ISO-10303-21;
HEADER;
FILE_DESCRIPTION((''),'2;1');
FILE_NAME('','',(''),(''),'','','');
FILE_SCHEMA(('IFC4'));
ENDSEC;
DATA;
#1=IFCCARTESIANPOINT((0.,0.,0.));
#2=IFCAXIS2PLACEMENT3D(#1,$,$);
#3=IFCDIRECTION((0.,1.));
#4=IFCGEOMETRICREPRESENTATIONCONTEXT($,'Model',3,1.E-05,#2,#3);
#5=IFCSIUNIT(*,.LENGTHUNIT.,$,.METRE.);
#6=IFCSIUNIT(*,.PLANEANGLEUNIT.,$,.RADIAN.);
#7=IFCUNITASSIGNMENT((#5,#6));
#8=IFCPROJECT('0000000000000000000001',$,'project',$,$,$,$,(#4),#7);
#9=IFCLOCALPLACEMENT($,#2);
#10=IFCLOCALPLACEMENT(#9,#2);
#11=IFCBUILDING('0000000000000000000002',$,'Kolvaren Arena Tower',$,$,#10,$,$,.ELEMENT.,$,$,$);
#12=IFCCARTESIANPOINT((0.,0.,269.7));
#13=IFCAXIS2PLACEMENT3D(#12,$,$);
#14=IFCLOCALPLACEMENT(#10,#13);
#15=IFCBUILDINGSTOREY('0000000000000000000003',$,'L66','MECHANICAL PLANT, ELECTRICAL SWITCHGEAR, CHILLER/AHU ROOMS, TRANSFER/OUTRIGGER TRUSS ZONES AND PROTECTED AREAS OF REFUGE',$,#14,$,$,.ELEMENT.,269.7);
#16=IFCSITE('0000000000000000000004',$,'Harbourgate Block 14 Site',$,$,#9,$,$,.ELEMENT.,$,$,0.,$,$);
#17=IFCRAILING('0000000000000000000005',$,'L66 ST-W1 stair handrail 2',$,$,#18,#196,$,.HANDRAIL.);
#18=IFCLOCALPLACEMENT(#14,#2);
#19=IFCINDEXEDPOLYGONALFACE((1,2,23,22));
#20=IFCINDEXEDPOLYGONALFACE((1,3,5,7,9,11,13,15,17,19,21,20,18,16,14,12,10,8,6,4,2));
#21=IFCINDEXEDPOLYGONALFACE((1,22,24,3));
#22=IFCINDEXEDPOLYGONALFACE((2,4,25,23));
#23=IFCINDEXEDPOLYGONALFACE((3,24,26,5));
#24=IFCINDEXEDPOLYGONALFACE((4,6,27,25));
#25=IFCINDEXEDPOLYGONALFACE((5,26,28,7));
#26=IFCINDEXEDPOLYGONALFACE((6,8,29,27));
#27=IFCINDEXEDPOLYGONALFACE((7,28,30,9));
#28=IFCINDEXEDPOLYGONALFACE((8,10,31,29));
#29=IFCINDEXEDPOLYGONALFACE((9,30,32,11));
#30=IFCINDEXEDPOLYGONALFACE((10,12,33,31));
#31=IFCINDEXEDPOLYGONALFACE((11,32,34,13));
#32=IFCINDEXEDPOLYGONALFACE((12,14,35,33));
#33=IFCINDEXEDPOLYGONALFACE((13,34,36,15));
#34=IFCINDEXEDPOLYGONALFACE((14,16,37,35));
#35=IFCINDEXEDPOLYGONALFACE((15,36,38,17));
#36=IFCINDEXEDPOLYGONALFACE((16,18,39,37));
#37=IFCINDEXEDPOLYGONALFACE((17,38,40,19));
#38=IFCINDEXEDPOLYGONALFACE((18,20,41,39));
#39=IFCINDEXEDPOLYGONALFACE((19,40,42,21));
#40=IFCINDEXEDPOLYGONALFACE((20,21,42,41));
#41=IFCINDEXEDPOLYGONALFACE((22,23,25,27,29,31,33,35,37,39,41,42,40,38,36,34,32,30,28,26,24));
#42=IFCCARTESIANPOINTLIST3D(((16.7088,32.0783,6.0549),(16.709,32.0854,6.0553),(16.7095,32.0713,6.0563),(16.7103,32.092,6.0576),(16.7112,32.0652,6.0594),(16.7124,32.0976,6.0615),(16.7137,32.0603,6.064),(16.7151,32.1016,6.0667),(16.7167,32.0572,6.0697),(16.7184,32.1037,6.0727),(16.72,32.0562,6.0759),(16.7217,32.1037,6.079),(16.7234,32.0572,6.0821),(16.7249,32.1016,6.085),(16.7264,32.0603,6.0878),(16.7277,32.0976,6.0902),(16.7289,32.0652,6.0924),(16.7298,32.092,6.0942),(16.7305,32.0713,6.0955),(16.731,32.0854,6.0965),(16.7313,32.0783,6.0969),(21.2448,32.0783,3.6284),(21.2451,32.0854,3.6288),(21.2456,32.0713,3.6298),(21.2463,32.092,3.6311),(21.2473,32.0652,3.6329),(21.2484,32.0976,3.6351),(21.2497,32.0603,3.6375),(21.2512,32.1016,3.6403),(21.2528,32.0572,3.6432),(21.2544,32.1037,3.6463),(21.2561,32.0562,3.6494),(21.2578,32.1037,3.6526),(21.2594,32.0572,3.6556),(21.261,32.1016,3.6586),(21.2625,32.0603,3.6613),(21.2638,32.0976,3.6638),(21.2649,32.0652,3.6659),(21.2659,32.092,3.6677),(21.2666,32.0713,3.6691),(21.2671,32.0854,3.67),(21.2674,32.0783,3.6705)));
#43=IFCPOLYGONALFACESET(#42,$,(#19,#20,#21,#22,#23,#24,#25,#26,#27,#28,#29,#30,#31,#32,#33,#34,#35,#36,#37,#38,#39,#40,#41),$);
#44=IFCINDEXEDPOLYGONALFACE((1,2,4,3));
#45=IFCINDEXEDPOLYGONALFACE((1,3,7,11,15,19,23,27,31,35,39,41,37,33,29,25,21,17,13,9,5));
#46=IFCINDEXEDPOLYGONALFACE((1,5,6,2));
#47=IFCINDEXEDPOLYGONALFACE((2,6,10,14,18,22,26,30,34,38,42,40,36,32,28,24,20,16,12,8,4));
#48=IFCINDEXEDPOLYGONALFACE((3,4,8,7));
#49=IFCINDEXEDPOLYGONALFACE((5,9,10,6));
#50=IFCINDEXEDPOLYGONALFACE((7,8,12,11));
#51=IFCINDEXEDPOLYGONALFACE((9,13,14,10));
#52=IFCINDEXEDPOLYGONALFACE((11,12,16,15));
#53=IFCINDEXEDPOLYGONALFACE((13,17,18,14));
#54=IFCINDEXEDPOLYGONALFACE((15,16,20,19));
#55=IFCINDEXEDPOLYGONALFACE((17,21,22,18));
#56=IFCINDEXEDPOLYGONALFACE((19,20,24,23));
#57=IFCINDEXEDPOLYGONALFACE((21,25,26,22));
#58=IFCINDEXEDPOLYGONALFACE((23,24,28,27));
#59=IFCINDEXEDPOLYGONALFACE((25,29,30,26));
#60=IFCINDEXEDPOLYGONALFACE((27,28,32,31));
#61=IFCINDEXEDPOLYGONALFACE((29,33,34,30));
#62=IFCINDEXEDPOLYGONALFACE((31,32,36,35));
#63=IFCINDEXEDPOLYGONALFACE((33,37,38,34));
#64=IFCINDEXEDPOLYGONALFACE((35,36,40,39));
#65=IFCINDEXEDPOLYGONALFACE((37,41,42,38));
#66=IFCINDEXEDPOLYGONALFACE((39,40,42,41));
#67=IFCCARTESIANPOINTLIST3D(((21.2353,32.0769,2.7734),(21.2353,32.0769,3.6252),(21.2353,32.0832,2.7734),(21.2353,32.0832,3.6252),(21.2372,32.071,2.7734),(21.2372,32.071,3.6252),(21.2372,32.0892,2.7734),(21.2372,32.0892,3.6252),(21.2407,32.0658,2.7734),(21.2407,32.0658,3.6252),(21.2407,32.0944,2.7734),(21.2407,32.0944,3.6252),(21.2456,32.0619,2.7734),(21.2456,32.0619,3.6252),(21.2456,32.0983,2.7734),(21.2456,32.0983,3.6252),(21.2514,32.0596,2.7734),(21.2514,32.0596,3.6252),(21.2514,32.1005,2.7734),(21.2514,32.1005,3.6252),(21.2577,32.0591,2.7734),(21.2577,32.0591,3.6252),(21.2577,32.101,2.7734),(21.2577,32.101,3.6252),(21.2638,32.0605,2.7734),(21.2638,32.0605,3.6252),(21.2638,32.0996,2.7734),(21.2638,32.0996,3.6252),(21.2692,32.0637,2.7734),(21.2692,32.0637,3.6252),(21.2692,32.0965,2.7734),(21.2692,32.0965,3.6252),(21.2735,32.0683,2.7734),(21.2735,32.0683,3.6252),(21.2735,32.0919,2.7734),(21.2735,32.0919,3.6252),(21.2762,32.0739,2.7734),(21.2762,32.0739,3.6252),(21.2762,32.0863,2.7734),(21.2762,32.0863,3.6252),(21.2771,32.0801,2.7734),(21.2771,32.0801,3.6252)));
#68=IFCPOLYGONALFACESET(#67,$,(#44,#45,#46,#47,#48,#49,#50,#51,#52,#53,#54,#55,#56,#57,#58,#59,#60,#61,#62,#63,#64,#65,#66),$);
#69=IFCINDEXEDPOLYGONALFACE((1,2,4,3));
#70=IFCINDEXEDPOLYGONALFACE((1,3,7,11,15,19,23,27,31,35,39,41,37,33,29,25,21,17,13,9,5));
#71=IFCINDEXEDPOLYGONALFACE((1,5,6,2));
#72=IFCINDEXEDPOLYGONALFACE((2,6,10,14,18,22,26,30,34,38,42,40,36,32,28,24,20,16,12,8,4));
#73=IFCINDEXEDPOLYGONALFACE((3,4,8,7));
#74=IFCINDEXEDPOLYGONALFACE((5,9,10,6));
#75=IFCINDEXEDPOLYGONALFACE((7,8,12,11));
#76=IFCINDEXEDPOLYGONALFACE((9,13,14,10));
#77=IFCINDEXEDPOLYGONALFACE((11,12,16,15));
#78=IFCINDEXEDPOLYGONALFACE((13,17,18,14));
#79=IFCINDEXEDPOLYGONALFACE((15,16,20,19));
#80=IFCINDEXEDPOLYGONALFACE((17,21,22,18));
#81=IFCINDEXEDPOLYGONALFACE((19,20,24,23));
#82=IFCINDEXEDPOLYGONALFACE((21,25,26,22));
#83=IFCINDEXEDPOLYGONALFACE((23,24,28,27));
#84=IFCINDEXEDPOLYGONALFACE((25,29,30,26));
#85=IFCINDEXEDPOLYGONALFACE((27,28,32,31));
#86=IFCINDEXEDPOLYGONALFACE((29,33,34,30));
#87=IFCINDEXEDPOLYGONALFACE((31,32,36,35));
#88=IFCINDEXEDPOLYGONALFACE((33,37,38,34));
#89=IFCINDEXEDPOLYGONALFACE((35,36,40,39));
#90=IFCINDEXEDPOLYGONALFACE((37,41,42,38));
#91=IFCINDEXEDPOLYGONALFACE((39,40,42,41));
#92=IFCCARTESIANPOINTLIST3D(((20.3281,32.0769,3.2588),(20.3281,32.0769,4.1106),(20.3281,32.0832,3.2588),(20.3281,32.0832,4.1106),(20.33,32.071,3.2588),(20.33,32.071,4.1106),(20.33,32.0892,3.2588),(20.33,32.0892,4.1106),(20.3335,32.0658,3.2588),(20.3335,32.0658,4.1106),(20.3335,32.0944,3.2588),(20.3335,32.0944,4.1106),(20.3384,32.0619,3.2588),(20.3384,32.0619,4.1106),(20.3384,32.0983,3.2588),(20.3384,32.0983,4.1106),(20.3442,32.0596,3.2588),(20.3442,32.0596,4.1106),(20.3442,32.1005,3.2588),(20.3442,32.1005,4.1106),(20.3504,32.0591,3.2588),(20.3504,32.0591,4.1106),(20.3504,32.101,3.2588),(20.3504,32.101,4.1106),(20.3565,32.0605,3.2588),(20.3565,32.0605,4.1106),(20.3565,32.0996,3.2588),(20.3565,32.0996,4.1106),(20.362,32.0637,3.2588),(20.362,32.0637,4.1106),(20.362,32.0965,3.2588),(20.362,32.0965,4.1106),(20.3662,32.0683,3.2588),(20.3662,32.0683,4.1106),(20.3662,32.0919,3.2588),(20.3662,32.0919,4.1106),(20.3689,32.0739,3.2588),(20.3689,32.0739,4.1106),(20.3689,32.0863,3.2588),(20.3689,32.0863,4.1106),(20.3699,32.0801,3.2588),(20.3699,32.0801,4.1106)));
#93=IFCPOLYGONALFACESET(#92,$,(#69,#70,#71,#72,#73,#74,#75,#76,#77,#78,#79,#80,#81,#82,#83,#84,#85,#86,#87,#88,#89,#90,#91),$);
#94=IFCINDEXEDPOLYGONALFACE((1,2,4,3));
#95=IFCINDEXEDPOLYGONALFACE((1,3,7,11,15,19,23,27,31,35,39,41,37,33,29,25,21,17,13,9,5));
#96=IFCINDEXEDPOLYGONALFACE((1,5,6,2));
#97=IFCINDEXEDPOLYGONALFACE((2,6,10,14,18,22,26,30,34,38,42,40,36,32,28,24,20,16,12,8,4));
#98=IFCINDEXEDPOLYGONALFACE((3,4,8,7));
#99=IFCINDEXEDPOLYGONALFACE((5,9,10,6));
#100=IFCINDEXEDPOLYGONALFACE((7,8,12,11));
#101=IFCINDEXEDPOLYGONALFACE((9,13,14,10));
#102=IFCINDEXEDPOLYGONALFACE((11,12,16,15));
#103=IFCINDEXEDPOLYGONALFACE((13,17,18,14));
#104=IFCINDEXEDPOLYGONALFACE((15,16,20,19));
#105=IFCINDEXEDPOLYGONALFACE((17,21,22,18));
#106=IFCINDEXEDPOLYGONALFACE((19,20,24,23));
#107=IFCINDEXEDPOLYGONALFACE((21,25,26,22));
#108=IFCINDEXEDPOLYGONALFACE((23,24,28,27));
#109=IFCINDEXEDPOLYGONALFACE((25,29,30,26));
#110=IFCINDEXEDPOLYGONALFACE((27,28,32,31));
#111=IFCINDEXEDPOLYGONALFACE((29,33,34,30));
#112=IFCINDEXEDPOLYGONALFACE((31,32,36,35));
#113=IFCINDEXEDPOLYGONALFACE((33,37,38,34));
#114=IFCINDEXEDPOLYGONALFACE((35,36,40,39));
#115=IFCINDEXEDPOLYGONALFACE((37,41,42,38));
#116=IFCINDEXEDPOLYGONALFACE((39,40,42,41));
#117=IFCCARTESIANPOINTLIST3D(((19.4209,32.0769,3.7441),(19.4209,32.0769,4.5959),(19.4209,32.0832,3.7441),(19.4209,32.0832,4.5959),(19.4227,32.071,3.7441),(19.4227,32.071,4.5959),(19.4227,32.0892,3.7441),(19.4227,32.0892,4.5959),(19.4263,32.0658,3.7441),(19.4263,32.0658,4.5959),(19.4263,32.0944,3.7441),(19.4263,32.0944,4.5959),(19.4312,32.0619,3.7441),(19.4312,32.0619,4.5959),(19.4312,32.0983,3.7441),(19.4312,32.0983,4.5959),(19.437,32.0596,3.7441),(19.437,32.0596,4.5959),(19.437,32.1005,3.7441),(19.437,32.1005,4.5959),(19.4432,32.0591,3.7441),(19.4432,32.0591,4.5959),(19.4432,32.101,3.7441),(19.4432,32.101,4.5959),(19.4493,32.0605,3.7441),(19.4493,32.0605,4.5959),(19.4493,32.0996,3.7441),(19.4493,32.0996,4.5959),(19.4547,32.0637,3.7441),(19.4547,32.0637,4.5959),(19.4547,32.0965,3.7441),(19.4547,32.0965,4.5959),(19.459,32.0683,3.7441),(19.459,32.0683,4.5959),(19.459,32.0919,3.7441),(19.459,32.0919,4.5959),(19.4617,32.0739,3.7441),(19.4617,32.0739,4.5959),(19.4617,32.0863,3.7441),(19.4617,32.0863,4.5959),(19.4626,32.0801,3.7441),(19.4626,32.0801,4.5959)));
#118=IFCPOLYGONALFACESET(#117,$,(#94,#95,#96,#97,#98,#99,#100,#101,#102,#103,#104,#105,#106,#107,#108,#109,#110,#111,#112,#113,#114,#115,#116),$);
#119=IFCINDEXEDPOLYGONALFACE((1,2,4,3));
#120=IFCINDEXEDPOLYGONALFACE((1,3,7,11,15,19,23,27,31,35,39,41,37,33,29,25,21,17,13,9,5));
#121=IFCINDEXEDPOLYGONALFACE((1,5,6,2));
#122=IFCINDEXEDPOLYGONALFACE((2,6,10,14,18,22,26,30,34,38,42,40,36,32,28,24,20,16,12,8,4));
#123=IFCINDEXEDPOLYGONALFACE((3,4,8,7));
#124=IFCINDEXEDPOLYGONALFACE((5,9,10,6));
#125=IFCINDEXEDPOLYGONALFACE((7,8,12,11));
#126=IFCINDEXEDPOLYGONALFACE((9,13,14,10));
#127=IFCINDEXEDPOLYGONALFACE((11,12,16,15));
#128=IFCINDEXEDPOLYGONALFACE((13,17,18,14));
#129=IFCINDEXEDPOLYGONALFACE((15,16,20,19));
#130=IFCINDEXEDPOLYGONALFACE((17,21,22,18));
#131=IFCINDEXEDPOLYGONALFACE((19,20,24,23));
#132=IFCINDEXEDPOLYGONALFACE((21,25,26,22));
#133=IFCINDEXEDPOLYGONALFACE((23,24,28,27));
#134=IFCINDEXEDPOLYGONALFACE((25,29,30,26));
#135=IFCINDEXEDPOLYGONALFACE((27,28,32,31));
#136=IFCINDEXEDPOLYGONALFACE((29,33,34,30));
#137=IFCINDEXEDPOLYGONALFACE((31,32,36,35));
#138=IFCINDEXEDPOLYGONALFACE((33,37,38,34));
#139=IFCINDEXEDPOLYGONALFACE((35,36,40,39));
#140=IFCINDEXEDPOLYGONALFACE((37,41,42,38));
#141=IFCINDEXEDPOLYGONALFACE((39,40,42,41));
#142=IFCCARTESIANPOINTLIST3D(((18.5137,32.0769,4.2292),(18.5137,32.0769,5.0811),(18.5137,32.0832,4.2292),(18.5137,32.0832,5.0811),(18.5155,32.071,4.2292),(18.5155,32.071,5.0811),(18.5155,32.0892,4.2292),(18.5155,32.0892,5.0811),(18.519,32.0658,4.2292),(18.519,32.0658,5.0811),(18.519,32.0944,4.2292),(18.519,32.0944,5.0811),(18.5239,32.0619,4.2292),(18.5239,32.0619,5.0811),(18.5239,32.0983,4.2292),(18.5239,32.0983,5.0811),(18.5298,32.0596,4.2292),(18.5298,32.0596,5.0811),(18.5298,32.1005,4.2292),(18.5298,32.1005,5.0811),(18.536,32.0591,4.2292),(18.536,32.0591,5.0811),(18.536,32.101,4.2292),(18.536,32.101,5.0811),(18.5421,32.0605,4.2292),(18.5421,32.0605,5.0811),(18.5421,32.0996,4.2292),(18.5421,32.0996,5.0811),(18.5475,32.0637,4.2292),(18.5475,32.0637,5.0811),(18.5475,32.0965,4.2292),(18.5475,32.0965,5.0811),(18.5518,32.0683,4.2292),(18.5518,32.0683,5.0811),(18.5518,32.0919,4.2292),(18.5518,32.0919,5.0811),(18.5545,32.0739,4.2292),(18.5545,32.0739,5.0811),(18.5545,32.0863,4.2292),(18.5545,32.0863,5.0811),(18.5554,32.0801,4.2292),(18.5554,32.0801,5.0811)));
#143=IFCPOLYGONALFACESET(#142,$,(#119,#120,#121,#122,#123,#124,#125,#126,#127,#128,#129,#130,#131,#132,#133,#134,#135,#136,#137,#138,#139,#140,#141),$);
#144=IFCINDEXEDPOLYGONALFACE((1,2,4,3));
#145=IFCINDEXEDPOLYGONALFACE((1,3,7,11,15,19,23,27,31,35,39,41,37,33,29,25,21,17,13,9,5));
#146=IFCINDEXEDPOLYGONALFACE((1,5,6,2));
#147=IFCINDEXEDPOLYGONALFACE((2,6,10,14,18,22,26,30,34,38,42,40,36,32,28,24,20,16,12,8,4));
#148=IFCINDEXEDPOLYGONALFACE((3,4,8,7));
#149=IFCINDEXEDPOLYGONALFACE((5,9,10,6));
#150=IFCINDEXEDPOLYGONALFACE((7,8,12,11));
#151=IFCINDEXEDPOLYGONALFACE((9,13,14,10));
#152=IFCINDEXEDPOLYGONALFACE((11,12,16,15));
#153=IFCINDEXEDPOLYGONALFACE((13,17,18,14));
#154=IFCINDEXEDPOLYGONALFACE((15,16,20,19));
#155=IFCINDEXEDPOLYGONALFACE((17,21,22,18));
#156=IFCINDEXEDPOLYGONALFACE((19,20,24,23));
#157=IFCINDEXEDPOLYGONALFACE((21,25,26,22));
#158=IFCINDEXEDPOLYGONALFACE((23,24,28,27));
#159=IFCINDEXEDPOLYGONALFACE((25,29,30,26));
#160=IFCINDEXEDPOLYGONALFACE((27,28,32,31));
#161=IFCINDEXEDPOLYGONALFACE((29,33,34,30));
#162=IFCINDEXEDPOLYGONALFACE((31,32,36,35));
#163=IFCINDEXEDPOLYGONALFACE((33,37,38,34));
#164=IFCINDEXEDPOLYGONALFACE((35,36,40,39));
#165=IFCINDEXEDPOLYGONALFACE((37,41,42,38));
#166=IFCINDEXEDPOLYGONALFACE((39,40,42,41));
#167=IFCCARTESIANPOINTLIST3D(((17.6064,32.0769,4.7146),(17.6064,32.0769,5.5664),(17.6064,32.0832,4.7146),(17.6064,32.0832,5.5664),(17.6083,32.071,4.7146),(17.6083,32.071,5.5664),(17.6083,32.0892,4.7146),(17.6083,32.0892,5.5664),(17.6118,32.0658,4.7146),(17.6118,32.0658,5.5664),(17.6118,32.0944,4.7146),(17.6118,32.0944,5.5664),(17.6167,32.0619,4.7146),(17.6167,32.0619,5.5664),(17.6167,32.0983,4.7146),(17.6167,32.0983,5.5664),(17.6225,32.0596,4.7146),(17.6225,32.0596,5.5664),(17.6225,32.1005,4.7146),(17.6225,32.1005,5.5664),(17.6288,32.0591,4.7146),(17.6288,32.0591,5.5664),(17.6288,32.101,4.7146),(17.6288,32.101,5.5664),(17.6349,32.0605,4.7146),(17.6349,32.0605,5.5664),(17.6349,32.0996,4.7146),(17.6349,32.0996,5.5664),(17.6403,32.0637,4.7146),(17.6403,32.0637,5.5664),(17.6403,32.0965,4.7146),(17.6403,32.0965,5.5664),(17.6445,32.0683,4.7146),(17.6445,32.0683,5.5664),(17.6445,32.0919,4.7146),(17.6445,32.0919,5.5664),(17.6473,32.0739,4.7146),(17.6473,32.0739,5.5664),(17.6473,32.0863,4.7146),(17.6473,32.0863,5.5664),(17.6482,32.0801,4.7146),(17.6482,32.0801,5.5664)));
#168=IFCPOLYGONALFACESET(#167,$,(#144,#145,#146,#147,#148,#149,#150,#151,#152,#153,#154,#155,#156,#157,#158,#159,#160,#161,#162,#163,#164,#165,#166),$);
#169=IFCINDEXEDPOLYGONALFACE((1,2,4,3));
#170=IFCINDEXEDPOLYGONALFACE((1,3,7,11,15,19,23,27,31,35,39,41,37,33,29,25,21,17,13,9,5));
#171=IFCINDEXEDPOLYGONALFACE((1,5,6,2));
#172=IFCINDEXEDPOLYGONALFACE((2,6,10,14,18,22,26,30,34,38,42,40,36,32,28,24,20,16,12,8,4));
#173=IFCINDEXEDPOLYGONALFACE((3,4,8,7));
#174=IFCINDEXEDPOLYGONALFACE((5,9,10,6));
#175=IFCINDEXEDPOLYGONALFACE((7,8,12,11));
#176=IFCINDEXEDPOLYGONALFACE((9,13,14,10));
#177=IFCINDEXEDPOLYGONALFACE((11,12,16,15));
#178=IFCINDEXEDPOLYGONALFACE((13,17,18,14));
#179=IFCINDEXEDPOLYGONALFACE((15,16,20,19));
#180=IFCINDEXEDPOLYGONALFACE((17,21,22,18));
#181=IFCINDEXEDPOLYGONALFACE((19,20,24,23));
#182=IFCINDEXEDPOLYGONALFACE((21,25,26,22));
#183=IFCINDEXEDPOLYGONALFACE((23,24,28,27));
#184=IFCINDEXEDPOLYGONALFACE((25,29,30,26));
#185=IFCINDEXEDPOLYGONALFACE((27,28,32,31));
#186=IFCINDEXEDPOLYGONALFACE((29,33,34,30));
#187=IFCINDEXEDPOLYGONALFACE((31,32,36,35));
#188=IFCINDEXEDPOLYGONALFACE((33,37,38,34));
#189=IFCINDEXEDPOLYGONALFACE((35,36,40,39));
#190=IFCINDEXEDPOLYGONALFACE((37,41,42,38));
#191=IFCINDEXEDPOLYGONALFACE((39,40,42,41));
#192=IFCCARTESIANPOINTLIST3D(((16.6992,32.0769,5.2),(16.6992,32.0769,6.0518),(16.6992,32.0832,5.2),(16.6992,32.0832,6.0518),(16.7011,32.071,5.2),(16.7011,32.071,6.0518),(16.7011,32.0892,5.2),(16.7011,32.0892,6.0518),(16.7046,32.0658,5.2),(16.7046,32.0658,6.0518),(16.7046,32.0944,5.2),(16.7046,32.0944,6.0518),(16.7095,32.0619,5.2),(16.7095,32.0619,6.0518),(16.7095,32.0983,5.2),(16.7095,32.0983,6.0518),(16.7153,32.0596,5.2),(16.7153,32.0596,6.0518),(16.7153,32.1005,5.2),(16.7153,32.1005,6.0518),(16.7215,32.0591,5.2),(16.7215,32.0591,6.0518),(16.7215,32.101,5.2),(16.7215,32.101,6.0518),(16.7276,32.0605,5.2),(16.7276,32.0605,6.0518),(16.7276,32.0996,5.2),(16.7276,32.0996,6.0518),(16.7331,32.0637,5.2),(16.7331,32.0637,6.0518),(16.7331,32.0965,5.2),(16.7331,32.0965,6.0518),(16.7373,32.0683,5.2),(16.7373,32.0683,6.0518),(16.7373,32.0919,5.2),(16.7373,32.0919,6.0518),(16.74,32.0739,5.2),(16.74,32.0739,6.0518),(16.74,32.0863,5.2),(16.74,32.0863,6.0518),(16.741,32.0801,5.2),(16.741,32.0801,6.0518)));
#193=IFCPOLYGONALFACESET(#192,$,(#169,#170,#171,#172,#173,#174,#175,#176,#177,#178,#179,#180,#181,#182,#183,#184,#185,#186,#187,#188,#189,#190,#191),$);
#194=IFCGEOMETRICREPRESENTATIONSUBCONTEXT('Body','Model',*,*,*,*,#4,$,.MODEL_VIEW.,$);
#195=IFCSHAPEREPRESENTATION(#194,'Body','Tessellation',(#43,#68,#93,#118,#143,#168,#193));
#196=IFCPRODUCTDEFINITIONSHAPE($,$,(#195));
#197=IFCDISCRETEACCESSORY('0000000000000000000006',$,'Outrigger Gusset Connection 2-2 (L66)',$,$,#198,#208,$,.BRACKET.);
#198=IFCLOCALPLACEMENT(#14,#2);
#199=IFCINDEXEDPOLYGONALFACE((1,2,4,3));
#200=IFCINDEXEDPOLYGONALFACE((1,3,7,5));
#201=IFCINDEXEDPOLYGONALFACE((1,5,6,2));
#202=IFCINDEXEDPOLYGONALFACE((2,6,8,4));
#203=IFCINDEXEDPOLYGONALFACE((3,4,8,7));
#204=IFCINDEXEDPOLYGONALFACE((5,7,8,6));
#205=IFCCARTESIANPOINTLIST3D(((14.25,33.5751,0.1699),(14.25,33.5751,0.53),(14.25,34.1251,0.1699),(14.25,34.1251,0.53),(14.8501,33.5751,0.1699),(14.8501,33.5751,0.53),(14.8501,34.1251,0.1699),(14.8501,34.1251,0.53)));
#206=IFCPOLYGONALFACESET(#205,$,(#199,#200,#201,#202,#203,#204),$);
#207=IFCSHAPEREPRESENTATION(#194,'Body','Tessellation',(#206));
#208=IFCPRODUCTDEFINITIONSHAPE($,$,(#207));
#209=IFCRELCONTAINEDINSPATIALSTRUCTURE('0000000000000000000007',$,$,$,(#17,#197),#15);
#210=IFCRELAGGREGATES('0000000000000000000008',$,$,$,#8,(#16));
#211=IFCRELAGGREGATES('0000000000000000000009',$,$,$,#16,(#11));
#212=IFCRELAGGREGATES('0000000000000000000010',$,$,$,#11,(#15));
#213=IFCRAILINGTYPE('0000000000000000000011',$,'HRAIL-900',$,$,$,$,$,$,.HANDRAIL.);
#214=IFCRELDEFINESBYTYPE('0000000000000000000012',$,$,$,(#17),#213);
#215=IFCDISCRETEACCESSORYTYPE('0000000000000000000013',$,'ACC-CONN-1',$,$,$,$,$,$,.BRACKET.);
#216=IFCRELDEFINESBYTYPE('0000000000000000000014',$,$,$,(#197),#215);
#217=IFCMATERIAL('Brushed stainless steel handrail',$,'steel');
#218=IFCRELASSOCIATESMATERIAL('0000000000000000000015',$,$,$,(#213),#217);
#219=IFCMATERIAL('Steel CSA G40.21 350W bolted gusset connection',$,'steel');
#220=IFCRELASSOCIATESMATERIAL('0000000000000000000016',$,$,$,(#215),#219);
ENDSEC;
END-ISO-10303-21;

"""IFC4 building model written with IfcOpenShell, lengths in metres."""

from ifc_helpers import new_model, si_unit, direction, frame, origin, origin_2d, place, context, subcontext, project, spatial, rectangle, circle, extrude, material, type_object, element, save


model = new_model("IFC4")

# Units and contexts
model_context = context("Model", 3, precision=1e-05, world=origin(), true_north=direction((0.0, 1.0)))
body_context = subcontext(model_context, "Body", "Model", "MODEL_VIEW")
ifc_project = project(units=[si_unit("LENGTHUNIT", "METRE"), si_unit("PLANEANGLEUNIT", "RADIAN")], contexts=[model_context])

# Site, building, storey
site_placement = place(None, origin())
site = spatial("IfcSite", under=ifc_project, at=site_placement, Name="Harbourgate Block 14 Site", CompositionType="ELEMENT", RefElevation=0.0)
building_placement = place(site_placement, origin())
building = spatial("IfcBuilding", under=site, at=building_placement, Name="Kolvaren Arena Tower", CompositionType="ELEMENT")
storey_placement = place(building_placement, frame((0.0, 0.0, 269.7)))
storey = spatial("IfcBuildingStorey", under=building, at=storey_placement, Name="L66", Description="MECHANICAL PLANT, ELECTRICAL SWITCHGEAR, CHILLER/AHU ROOMS, TRANSFER/OUTRIGGER TRUSS ZONES AND PROTECTED AREAS OF REFUGE", CompositionType="ELEMENT", Elevation=269.7)

# Railing
ifc_material_1 = material(Name="Brushed stainless steel handrail", Category="steel")
railing_type_1 = type_object("IfcRailingType", Name="HRAIL-900", PredefinedType="HANDRAIL", material=ifc_material_1)
railing_1_placement = place(storey_placement, frame((21.2561, 32.0801, 2.7734)))
element("IfcRailing", 1, at=railing_1_placement, inside=storey, type_object=railing_type_1, Name="L66 ST-W1 stair handrail 2", PredefinedType="HANDRAIL", context=body_context, shape_type="SweptSolid", body=[
    extrude(circle(Radius=0.0239, at=origin_2d()), frame((0.0, 0.0, 0.876), z_axis=(-0.881768, 0.0, 0.471684), x_axis=(0.0, -1.0, 0.0)), (0.0, 0.0, 1.0), 5.1443),
    extrude(circle(Radius=0.021, at=origin_2d()), origin(), (0.0, 0.0, 1.0), 0.8518),
    extrude(circle(Radius=0.021, at=origin_2d()), frame((-0.9072, 0.0, 0.4854)), (0.0, 0.0, 1.0), 0.8518),
    extrude(circle(Radius=0.021, at=origin_2d()), frame((-1.8145, 0.0, 0.9707)), (0.0, 0.0, 1.0), 0.8518),
    extrude(circle(Radius=0.021, at=origin_2d()), frame((-2.7217, 0.0, 1.4558)), (0.0, 0.0, 1.0), 0.8518),
    extrude(circle(Radius=0.021, at=origin_2d()), frame((-3.6289, 0.0, 1.9412)), (0.0, 0.0, 1.0), 0.8518),
    extrude(circle(Radius=0.021, at=origin_2d()), frame((-4.5361, 0.0, 2.4265)), (0.0, 0.0, 1.0), 0.8518),
])

# Discrete accessory
ifc_material_2 = material(Name="Steel CSA G40.21 350W bolted gusset connection", Category="steel")
discrete_accessory_type = type_object("IfcDiscreteAccessoryType", Name="ACC-CONN-1", PredefinedType="BRACKET", material=ifc_material_2)
discrete_accessory_placement = place(storey_placement, frame((14.55, 33.8501, 0.1699), z_axis=(0.0, 0.0, 1.0), x_axis=(1.0, 0.0, 0.0)))
element("IfcDiscreteAccessory", 2, at=discrete_accessory_placement, inside=storey, type_object=discrete_accessory_type, Name="Outrigger Gusset Connection 2-2 (L66)", PredefinedType="BRACKET", context=body_context, shape_type="SweptSolid", body=[
    extrude(rectangle(XDim=0.6001, YDim=0.55, at=origin_2d()), origin(), (0.0, 0.0, 1.0), 0.3601),
])

save(model, "model.ifc")
